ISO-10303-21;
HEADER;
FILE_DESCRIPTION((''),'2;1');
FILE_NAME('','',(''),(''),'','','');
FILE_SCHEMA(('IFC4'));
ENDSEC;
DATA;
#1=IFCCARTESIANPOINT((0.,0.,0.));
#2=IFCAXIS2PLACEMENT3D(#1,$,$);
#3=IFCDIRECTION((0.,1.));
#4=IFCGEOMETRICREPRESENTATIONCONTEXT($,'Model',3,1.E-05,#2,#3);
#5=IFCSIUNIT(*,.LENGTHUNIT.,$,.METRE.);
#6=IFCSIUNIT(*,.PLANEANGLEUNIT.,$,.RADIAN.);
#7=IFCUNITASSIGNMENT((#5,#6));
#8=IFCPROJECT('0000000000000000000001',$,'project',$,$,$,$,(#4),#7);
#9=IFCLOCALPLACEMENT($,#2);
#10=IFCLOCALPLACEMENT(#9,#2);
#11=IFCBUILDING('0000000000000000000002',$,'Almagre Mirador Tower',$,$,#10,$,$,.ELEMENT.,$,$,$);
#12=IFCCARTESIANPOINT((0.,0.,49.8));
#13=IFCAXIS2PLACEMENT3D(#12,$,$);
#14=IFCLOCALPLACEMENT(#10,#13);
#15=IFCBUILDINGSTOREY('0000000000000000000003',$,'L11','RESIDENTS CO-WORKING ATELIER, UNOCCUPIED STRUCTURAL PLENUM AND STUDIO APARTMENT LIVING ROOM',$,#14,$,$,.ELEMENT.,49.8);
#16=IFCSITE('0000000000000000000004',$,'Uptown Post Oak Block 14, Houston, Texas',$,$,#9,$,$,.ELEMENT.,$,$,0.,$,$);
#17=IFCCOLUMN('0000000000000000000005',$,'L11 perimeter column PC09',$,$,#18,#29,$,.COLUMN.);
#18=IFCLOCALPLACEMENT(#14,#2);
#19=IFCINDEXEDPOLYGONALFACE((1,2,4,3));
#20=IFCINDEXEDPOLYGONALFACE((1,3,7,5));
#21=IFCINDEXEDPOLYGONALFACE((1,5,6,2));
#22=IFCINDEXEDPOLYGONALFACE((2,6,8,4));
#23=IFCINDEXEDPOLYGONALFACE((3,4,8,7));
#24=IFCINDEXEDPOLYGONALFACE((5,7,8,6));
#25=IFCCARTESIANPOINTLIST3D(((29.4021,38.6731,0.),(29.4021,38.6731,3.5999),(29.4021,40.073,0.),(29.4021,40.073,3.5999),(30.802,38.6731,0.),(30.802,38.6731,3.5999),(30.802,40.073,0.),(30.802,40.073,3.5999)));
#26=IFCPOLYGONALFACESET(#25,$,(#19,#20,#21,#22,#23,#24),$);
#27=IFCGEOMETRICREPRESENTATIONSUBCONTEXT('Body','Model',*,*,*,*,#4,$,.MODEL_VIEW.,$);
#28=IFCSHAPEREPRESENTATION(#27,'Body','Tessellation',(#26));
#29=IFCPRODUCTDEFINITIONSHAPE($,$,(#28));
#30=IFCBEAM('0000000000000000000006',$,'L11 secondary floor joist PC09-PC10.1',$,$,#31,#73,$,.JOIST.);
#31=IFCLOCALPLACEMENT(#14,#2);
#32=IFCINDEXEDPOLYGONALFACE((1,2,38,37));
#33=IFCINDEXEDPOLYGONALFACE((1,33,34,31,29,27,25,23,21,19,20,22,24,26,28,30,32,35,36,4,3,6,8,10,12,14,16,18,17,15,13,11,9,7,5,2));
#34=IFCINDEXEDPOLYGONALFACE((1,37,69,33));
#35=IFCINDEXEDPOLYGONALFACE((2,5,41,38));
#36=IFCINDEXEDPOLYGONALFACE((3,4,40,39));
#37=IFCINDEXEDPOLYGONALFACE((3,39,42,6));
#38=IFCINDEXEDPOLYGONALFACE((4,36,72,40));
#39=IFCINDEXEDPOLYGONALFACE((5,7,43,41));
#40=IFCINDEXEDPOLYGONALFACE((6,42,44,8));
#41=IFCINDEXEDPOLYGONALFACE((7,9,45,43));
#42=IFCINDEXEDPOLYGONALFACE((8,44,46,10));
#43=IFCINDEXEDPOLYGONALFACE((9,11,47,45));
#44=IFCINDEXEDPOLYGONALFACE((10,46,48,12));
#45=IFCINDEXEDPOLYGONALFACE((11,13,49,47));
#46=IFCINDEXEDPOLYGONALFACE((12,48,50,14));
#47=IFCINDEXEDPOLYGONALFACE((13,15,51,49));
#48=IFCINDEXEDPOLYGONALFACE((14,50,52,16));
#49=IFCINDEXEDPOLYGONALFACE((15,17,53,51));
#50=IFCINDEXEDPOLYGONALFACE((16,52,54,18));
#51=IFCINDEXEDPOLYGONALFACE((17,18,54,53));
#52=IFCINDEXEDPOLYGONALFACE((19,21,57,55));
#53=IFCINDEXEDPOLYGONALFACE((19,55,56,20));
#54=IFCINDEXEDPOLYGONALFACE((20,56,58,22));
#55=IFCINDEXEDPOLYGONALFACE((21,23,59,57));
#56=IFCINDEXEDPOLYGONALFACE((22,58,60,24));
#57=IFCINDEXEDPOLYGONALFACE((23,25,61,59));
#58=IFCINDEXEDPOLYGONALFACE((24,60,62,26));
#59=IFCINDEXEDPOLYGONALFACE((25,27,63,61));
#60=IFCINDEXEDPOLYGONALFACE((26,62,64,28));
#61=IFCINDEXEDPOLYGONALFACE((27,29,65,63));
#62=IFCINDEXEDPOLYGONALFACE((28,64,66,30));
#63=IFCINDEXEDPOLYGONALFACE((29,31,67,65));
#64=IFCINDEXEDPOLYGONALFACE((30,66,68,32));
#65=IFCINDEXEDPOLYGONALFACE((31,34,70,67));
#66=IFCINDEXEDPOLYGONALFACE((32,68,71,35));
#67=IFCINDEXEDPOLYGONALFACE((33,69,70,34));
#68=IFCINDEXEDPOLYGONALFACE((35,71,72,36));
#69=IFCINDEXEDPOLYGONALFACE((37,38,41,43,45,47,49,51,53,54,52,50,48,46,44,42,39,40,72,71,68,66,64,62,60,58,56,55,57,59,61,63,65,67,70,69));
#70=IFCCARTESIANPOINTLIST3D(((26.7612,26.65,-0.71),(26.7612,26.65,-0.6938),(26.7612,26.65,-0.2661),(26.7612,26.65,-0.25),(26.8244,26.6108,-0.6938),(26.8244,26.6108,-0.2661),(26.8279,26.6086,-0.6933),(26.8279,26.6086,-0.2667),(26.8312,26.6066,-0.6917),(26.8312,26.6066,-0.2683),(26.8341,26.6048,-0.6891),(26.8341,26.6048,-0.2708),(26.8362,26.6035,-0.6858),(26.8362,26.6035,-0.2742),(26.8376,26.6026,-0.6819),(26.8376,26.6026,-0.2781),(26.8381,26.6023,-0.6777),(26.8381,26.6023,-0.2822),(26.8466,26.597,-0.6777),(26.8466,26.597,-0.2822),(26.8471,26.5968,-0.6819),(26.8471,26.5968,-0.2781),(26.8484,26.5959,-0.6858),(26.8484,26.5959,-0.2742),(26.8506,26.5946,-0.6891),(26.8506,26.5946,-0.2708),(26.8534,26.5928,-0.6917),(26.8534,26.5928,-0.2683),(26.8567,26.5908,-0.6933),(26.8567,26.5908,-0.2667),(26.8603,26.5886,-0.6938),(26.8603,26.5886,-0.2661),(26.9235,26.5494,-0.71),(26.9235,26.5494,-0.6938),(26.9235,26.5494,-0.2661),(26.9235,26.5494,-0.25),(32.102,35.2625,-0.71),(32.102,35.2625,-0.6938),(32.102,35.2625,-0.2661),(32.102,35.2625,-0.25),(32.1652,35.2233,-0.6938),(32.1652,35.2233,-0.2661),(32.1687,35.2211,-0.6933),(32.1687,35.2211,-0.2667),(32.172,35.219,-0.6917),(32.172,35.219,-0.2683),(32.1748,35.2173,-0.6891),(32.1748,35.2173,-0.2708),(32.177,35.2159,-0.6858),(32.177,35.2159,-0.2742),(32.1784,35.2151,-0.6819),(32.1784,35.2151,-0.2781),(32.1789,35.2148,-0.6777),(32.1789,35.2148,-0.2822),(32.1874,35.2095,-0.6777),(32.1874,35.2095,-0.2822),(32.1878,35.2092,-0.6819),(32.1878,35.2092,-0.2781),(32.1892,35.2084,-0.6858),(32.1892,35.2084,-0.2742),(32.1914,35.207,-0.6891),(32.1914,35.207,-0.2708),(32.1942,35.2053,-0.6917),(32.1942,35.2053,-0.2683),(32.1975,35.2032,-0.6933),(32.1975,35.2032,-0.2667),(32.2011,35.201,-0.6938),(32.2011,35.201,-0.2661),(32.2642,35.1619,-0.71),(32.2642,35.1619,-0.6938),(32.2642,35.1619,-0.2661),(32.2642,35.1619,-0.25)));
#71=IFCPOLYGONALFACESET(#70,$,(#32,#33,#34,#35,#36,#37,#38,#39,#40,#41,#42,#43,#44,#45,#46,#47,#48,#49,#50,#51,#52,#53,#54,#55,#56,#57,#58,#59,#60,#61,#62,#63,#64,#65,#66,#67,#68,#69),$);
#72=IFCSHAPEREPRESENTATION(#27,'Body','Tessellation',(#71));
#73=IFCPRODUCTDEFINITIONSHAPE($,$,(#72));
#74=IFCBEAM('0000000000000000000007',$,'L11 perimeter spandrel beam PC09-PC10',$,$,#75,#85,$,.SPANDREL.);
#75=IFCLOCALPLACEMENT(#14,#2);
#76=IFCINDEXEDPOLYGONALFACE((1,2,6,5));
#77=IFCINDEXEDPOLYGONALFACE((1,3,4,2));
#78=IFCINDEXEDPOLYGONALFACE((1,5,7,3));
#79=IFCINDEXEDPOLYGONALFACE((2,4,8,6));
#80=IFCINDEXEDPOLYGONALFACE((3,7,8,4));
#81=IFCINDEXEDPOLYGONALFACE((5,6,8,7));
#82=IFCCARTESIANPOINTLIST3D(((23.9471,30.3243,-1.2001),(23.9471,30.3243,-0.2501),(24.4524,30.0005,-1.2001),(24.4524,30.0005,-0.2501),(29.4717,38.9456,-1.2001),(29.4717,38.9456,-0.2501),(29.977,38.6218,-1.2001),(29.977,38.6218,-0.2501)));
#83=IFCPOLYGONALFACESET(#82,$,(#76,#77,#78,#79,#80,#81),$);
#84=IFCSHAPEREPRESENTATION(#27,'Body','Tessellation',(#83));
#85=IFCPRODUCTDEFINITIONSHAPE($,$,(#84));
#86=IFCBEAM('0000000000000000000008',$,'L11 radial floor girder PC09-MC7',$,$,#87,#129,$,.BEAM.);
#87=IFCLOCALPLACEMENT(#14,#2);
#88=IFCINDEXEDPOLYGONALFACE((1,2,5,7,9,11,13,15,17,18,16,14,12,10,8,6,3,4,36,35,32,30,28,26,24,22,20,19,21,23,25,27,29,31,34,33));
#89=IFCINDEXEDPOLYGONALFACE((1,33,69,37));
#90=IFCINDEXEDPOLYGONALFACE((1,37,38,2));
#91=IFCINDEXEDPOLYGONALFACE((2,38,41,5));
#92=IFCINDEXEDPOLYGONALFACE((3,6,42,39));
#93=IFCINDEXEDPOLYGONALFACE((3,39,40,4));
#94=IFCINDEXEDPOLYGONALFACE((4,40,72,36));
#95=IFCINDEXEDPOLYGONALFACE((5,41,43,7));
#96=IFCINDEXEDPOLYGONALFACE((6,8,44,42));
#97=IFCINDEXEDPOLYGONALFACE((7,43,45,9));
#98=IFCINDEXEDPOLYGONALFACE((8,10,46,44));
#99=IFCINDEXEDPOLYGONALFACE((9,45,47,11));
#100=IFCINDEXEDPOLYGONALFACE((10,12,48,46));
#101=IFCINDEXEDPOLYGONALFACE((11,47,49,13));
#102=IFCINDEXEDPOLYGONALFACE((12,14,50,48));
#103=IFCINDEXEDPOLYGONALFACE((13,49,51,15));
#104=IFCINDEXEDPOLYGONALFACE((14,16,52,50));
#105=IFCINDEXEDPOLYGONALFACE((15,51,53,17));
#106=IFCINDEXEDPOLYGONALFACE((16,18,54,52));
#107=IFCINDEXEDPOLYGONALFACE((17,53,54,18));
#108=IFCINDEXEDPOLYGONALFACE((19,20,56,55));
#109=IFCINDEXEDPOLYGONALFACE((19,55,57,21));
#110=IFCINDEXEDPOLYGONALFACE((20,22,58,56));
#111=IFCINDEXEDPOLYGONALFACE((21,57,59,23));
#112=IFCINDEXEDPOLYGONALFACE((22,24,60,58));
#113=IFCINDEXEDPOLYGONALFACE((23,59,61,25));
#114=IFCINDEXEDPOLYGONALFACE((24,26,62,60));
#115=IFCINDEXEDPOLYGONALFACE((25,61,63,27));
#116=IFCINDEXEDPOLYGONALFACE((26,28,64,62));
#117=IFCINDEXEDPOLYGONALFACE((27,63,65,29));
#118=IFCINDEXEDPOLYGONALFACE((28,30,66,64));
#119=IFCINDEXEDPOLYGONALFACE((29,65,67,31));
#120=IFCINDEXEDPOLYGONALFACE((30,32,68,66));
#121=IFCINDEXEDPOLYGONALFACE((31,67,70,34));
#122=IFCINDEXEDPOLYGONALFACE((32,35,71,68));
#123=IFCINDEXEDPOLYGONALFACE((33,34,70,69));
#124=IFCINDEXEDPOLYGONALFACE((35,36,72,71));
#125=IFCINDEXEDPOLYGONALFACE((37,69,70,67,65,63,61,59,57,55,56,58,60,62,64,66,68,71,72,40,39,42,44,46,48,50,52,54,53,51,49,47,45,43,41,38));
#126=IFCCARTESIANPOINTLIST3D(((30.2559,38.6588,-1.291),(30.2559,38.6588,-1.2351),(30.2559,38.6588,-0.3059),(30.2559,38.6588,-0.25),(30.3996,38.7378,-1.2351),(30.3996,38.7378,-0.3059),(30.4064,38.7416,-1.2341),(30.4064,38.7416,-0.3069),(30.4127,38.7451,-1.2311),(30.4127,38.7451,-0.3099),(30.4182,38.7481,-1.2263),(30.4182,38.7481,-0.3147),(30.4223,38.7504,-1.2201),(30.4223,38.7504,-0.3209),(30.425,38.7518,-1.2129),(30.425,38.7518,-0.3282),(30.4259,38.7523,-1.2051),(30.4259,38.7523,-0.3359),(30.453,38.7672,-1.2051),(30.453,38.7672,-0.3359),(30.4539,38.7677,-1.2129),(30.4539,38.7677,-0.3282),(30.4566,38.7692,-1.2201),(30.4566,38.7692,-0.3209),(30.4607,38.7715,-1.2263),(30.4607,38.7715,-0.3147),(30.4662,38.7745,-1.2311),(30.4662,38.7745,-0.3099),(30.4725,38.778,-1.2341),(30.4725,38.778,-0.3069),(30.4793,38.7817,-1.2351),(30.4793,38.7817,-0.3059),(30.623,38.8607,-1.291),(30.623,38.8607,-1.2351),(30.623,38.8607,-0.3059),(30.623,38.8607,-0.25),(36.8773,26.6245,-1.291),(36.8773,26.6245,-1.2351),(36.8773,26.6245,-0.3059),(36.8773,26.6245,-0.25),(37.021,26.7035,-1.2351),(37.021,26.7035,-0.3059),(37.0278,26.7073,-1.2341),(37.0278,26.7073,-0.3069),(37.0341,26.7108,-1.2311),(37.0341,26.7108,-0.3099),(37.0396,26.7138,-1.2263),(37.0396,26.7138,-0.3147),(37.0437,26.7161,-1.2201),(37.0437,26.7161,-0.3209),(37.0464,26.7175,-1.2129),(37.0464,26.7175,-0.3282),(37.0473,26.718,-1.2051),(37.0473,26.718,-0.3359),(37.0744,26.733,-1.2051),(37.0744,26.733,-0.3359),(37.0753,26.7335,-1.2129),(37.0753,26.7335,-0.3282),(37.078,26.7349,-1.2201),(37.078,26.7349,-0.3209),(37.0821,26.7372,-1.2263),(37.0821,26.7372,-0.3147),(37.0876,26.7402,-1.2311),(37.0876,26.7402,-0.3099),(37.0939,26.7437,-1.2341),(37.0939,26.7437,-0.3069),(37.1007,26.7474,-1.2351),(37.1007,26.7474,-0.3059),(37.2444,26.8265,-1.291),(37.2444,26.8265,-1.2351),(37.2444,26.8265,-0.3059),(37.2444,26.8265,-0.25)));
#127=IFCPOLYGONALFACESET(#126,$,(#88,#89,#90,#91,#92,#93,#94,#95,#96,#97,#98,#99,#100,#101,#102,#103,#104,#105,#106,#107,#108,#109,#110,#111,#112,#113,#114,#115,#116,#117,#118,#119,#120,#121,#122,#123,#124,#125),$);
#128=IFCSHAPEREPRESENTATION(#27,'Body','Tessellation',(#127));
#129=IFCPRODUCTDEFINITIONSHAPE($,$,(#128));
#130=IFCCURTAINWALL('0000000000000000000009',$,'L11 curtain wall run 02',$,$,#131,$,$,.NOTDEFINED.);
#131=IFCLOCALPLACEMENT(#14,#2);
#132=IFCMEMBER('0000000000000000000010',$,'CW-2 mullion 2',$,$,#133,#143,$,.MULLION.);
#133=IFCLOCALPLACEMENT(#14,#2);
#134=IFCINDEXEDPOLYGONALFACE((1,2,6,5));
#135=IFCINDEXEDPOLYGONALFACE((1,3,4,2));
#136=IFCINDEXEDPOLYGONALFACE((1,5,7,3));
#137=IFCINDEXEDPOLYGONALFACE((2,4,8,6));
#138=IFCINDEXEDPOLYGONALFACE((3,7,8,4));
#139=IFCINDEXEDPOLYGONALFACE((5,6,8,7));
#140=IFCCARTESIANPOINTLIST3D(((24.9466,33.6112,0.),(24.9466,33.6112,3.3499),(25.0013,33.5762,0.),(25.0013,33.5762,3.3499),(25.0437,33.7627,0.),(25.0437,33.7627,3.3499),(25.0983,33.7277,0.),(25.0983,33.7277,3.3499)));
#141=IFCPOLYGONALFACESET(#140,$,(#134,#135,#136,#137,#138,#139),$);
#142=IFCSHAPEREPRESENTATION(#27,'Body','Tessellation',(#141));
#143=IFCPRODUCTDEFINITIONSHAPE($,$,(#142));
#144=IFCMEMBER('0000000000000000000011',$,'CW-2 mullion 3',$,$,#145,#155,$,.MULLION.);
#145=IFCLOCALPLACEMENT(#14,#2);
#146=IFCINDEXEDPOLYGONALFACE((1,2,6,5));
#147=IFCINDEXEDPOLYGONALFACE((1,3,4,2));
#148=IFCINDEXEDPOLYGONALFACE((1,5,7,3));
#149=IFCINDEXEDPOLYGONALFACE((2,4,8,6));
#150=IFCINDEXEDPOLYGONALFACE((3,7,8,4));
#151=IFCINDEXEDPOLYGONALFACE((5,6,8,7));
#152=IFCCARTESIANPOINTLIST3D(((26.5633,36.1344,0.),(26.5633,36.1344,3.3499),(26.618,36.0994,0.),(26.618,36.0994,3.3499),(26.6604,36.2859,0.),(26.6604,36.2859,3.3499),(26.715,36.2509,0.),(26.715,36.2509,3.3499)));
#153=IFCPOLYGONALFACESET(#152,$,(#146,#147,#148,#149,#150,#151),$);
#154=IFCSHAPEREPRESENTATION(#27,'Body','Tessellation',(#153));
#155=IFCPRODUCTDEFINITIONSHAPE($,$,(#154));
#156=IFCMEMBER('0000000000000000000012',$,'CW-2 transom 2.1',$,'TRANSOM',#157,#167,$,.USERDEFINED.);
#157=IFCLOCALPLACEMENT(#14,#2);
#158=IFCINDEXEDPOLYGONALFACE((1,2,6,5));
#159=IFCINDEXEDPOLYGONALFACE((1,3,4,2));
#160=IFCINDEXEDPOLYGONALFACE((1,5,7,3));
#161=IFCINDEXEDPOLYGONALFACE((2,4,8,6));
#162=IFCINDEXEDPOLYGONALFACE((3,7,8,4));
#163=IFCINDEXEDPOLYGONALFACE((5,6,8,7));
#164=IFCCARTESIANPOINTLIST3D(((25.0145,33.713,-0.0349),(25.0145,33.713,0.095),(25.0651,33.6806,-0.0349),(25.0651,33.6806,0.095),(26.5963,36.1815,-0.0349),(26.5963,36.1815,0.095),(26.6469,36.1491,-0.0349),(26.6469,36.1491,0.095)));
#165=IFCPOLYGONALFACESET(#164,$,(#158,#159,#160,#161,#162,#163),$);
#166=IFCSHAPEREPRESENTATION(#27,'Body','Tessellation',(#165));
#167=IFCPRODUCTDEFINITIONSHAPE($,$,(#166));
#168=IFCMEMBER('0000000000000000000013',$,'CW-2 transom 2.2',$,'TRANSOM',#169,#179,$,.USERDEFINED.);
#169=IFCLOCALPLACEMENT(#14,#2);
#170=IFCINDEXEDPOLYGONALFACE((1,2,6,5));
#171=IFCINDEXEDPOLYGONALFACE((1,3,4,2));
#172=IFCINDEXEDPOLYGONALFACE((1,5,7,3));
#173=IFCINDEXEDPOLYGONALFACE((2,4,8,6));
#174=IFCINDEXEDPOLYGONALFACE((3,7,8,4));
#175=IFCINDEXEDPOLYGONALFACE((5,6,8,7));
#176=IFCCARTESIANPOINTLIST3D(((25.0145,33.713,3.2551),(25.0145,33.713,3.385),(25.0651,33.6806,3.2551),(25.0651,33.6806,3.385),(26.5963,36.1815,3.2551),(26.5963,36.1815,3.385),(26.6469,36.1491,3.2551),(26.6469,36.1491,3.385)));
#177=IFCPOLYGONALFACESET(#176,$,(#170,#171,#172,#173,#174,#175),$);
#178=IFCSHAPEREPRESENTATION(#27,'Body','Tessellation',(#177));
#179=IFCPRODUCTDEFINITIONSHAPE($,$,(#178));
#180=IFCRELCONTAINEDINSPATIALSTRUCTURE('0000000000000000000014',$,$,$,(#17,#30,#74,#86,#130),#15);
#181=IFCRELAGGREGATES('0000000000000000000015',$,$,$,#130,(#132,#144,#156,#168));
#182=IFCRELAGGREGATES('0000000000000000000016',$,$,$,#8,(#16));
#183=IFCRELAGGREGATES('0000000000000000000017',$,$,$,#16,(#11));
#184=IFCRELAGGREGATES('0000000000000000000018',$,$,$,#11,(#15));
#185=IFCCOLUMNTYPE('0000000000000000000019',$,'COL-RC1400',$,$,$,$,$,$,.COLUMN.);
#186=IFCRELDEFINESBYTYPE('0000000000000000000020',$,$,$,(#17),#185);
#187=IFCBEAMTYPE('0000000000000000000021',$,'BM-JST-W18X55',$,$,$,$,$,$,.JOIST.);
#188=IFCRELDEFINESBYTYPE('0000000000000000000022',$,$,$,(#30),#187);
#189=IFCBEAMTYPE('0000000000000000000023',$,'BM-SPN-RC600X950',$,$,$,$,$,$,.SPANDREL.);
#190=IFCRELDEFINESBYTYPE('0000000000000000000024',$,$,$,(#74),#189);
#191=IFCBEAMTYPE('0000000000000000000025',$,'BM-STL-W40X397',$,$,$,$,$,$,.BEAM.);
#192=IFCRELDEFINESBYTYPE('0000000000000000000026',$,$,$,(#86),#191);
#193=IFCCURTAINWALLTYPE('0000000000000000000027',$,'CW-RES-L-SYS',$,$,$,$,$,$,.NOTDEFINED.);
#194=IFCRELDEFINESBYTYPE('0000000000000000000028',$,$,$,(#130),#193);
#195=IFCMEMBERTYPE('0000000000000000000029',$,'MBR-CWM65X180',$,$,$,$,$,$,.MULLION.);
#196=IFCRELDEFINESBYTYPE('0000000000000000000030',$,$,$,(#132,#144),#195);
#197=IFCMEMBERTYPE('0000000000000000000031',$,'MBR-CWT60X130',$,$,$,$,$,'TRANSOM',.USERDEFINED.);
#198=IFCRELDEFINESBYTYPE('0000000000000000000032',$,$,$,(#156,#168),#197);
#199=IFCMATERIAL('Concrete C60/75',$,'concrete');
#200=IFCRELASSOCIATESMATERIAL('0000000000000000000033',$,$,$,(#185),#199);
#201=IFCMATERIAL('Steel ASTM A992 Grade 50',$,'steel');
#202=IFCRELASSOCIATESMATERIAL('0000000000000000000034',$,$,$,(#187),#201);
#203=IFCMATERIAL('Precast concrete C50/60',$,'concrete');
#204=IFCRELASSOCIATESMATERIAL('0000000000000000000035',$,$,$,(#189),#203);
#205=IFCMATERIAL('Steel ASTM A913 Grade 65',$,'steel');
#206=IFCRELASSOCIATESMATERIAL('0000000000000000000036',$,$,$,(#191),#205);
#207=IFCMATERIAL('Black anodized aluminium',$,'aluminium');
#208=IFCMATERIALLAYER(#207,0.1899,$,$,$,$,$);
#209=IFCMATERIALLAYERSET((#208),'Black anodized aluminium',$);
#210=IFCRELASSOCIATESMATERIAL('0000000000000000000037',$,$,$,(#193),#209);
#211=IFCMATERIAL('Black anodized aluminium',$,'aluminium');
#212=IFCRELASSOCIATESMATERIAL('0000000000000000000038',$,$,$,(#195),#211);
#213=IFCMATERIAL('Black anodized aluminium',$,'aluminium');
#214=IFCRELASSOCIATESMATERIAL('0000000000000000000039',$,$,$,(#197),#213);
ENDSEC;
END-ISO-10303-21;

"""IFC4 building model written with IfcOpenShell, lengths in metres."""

from ifc_helpers import new_model, si_unit, direction, frame, origin, origin_2d, place, context, subcontext, project, spatial, rectangle, i_section, extrude, material, layer, layer_set, material_profile, profile_set, type_object, element, aggregate, save


model = new_model("IFC4")

# Units and contexts
model_context = context("Model", 3, precision=1e-05, world=origin(), true_north=direction((0.0, 1.0)))
body_context = subcontext(model_context, "Body", "Model", "MODEL_VIEW")
ifc_project = project(units=[si_unit("LENGTHUNIT", "METRE"), si_unit("PLANEANGLEUNIT", "RADIAN")], contexts=[model_context])

# Site, building, storey
site_placement = place(None, origin())
site = spatial("IfcSite", under=ifc_project, at=site_placement, Name="Uptown Post Oak Block 14, Houston, Texas", CompositionType="ELEMENT", RefElevation=0.0)
building_placement = place(site_placement, origin())
building = spatial("IfcBuilding", under=site, at=building_placement, Name="Almagre Mirador Tower", CompositionType="ELEMENT")
storey_placement = place(building_placement, frame((0.0, 0.0, 49.8)))
storey = spatial("IfcBuildingStorey", under=building, at=storey_placement, Name="L11", Description="RESIDENTS CO-WORKING ATELIER, UNOCCUPIED STRUCTURAL PLENUM AND STUDIO APARTMENT LIVING ROOM", CompositionType="ELEMENT", Elevation=49.8)

# Column
ifc_material_1 = material(Name="Concrete C60/75", Category="concrete")
ifc_material_profile_1 = material_profile(ifc_material_1, rectangle(XDim=1.3999, YDim=1.3999, at=origin_2d()), Name="RC1400X1400")
ifc_profile_set_1 = profile_set([ifc_material_profile_1], Name="Concrete C60/75")
column_type = type_object("IfcColumnType", Name="COL-RC1400", PredefinedType="COLUMN", material=ifc_profile_set_1)
column_placement = place(storey_placement, frame((30.1021, 39.373, 0.0), z_axis=(0.0, 0.0, 1.0), x_axis=(1.0, 0.0, 0.0)))
element("IfcColumn", 1, at=column_placement, inside=storey, type_object=column_type, Name="L11 perimeter column PC09", PredefinedType="COLUMN", context=body_context, shape_type="SweptSolid", body=[
    extrude(rectangle(XDim=1.3999, YDim=1.3999, at=origin_2d()), origin(), (0.0, 0.0, 1.0), 3.5999),
])

# Beams
ifc_material_2 = material(Name="Steel ASTM A992 Grade 50", Category="steel")
ifc_material_profile_2 = material_profile(ifc_material_2, i_section(OverallWidth=0.1909, OverallDepth=0.46, WebThickness=0.01, FlangeThickness=0.0161, FilletRadius=0.0161, at=origin_2d()), Name="W18X55")
ifc_profile_set_2 = profile_set([ifc_material_profile_2], Name="Steel ASTM A992 Grade 50")
beam_type_1 = type_object("IfcBeamType", Name="BM-JST-W18X55", PredefinedType="JOIST", material=ifc_profile_set_2)
beam_1_placement = place(storey_placement, frame((32.1831, 35.2122, -0.48), z_axis=(-0.527014, -0.849857, 0.0), x_axis=(0.849857, -0.527014, 0.0)))
element("IfcBeam", 2, at=beam_1_placement, inside=storey, type_object=beam_type_1, Name="L11 secondary floor joist PC09-PC10.1", PredefinedType="JOIST", context=body_context, shape_type="SweptSolid", body=[
    extrude(i_section(OverallWidth=0.1909, OverallDepth=0.46, WebThickness=0.01, FlangeThickness=0.0161, FilletRadius=0.0161, at=origin_2d()), origin(), (0.0, 0.0, 1.0), 10.134),
])
ifc_material_3 = material(Name="Precast concrete C50/60", Category="concrete")
ifc_material_profile_3 = material_profile(ifc_material_3, rectangle(XDim=0.6001, YDim=0.95, at=origin_2d()), Name="RC600X950")
ifc_profile_set_3 = profile_set([ifc_material_profile_3], Name="Precast concrete C50/60")
beam_type_2 = type_object("IfcBeamType", Name="BM-SPN-RC600X950", PredefinedType="SPANDREL", material=ifc_profile_set_3)
beam_2_placement = place(storey_placement, frame((29.7244, 38.7837, -0.7251), z_axis=(-0.539539, -0.841961, 0.0), x_axis=(0.841961, -0.539539, 0.0)))
element("IfcBeam", 3, at=beam_2_placement, inside=storey, type_object=beam_type_2, Name="L11 perimeter spandrel beam PC09-PC10", PredefinedType="SPANDREL", context=body_context, shape_type="SweptSolid", body=[
    extrude(rectangle(XDim=0.6001, YDim=0.95, at=origin_2d()), origin(), (0.0, 0.0, 1.0), 10.2395),
])
ifc_material_4 = material(Name="Steel ASTM A913 Grade 65", Category="steel")
ifc_material_profile_4 = material_profile(ifc_material_4, i_section(OverallWidth=0.4189, OverallDepth=1.041, WebThickness=0.031, FlangeThickness=0.0559, FilletRadius=0.03, at=origin_2d()), Name="W40X397")
ifc_profile_set_4 = profile_set([ifc_material_profile_4], Name="Steel ASTM A913 Grade 65")
beam_type_3 = type_object("IfcBeamType", Name="BM-STL-W40X397", PredefinedType="BEAM", material=ifc_profile_set_4)
beam_3_placement = place(storey_placement, frame((30.4395, 38.7598, -0.7705), z_axis=(0.482061, -0.876138, 0.0), x_axis=(0.876138, 0.482061, 0.0)))
element("IfcBeam", 4, at=beam_3_placement, inside=storey, type_object=beam_type_3, Name="L11 radial floor girder PC09-MC7", PredefinedType="BEAM", context=body_context, shape_type="SweptSolid", body=[
    extrude(i_section(OverallWidth=0.4189, OverallDepth=1.041, WebThickness=0.031, FlangeThickness=0.0559, FilletRadius=0.03, at=origin_2d()), origin(), (0.0, 0.0, 1.0), 13.7356),
])

# Curtain wall, members
ifc_material_5 = material(Name="Black anodized aluminium", Category="aluminium")
ifc_layer_1 = layer(ifc_material_5, 0.1899)
ifc_layer_set_1 = layer_set([ifc_layer_1], Name="Black anodized aluminium")
curtain_wall_type = type_object("IfcCurtainWallType", Name="CW-RES-L-SYS", PredefinedType="NOTDEFINED", material=ifc_layer_set_1)
curtain_wall_placement = place(storey_placement, origin())
curtain_wall = element("IfcCurtainWall", 5, at=curtain_wall_placement, inside=storey, type_object=curtain_wall_type, Name="L11 curtain wall run 02", PredefinedType="NOTDEFINED")
ifc_material_6 = material(Name="Black anodized aluminium", Category="aluminium")
ifc_material_profile_5 = material_profile(ifc_material_6, rectangle(XDim=0.0649, YDim=0.1799, at=origin_2d()), Name="CWM65X180")
ifc_profile_set_5 = profile_set([ifc_material_profile_5], Name="Black anodized aluminium")
member_type_1 = type_object("IfcMemberType", Name="MBR-CWM65X180", PredefinedType="MULLION", material=ifc_profile_set_5)
member_1_placement = place(storey_placement, frame((25.0225, 33.6694, 0.0), z_axis=(0.0, 0.0, 1.0), x_axis=(-0.841967, 0.539529, 0.0)))
member_1 = element("IfcMember", 6, at=member_1_placement, type_object=member_type_1, Name="CW-2 mullion 2", PredefinedType="MULLION", context=body_context, shape_type="SweptSolid", body=[
    extrude(rectangle(XDim=0.0649, YDim=0.1799, at=origin_2d()), origin(), (0.0, 0.0, 1.0), 3.3499),
])
member_2_placement = place(storey_placement, frame((26.6392, 36.1926, 0.0), z_axis=(0.0, 0.0, 1.0), x_axis=(-0.841967, 0.539529, 0.0)))
member_2 = element("IfcMember", 7, at=member_2_placement, type_object=member_type_1, Name="CW-2 mullion 3", PredefinedType="MULLION", context=body_context, shape_type="SweptSolid", body=[
    extrude(rectangle(XDim=0.0649, YDim=0.1799, at=origin_2d()), origin(), (0.0, 0.0, 1.0), 3.3499),
])
ifc_material_7 = material(Name="Black anodized aluminium", Category="aluminium")
ifc_material_profile_6 = material_profile(ifc_material_7, rectangle(XDim=0.0601, YDim=0.1299, at=origin_2d()), Name="CWT60X130")
ifc_profile_set_6 = profile_set([ifc_material_profile_6], Name="Black anodized aluminium")
member_type_2 = type_object("IfcMemberType", Name="MBR-CWT60X130", ElementType="TRANSOM", PredefinedType="USERDEFINED", material=ifc_profile_set_6)
member_3_placement = place(storey_placement, frame((25.0398, 33.6968, 0.03), z_axis=(0.539524, 0.84197, 0.0), x_axis=(-0.84197, 0.539524, 0.0)))
member_3 = element("IfcMember", 8, at=member_3_placement, type_object=member_type_2, Name="CW-2 transom 2.1", ObjectType="TRANSOM", PredefinedType="USERDEFINED", context=body_context, shape_type="SweptSolid", body=[
    extrude(rectangle(XDim=0.0601, YDim=0.1299, at=origin_2d()), origin(), (0.0, 0.0, 1.0), 2.9319),
])
member_4_placement = place(storey_placement, frame((25.0398, 33.6968, 3.3201), z_axis=(0.539524, 0.84197, 0.0), x_axis=(-0.84197, 0.539524, 0.0)))
member_4 = element("IfcMember", 9, at=member_4_placement, type_object=member_type_2, Name="CW-2 transom 2.2", ObjectType="TRANSOM", PredefinedType="USERDEFINED", context=body_context, shape_type="SweptSolid", body=[
    extrude(rectangle(XDim=0.0601, YDim=0.1299, at=origin_2d()), origin(), (0.0, 0.0, 1.0), 2.9319),
])
aggregate(curtain_wall, [member_1, member_2, member_3, member_4])

save(model, "model.ifc")
